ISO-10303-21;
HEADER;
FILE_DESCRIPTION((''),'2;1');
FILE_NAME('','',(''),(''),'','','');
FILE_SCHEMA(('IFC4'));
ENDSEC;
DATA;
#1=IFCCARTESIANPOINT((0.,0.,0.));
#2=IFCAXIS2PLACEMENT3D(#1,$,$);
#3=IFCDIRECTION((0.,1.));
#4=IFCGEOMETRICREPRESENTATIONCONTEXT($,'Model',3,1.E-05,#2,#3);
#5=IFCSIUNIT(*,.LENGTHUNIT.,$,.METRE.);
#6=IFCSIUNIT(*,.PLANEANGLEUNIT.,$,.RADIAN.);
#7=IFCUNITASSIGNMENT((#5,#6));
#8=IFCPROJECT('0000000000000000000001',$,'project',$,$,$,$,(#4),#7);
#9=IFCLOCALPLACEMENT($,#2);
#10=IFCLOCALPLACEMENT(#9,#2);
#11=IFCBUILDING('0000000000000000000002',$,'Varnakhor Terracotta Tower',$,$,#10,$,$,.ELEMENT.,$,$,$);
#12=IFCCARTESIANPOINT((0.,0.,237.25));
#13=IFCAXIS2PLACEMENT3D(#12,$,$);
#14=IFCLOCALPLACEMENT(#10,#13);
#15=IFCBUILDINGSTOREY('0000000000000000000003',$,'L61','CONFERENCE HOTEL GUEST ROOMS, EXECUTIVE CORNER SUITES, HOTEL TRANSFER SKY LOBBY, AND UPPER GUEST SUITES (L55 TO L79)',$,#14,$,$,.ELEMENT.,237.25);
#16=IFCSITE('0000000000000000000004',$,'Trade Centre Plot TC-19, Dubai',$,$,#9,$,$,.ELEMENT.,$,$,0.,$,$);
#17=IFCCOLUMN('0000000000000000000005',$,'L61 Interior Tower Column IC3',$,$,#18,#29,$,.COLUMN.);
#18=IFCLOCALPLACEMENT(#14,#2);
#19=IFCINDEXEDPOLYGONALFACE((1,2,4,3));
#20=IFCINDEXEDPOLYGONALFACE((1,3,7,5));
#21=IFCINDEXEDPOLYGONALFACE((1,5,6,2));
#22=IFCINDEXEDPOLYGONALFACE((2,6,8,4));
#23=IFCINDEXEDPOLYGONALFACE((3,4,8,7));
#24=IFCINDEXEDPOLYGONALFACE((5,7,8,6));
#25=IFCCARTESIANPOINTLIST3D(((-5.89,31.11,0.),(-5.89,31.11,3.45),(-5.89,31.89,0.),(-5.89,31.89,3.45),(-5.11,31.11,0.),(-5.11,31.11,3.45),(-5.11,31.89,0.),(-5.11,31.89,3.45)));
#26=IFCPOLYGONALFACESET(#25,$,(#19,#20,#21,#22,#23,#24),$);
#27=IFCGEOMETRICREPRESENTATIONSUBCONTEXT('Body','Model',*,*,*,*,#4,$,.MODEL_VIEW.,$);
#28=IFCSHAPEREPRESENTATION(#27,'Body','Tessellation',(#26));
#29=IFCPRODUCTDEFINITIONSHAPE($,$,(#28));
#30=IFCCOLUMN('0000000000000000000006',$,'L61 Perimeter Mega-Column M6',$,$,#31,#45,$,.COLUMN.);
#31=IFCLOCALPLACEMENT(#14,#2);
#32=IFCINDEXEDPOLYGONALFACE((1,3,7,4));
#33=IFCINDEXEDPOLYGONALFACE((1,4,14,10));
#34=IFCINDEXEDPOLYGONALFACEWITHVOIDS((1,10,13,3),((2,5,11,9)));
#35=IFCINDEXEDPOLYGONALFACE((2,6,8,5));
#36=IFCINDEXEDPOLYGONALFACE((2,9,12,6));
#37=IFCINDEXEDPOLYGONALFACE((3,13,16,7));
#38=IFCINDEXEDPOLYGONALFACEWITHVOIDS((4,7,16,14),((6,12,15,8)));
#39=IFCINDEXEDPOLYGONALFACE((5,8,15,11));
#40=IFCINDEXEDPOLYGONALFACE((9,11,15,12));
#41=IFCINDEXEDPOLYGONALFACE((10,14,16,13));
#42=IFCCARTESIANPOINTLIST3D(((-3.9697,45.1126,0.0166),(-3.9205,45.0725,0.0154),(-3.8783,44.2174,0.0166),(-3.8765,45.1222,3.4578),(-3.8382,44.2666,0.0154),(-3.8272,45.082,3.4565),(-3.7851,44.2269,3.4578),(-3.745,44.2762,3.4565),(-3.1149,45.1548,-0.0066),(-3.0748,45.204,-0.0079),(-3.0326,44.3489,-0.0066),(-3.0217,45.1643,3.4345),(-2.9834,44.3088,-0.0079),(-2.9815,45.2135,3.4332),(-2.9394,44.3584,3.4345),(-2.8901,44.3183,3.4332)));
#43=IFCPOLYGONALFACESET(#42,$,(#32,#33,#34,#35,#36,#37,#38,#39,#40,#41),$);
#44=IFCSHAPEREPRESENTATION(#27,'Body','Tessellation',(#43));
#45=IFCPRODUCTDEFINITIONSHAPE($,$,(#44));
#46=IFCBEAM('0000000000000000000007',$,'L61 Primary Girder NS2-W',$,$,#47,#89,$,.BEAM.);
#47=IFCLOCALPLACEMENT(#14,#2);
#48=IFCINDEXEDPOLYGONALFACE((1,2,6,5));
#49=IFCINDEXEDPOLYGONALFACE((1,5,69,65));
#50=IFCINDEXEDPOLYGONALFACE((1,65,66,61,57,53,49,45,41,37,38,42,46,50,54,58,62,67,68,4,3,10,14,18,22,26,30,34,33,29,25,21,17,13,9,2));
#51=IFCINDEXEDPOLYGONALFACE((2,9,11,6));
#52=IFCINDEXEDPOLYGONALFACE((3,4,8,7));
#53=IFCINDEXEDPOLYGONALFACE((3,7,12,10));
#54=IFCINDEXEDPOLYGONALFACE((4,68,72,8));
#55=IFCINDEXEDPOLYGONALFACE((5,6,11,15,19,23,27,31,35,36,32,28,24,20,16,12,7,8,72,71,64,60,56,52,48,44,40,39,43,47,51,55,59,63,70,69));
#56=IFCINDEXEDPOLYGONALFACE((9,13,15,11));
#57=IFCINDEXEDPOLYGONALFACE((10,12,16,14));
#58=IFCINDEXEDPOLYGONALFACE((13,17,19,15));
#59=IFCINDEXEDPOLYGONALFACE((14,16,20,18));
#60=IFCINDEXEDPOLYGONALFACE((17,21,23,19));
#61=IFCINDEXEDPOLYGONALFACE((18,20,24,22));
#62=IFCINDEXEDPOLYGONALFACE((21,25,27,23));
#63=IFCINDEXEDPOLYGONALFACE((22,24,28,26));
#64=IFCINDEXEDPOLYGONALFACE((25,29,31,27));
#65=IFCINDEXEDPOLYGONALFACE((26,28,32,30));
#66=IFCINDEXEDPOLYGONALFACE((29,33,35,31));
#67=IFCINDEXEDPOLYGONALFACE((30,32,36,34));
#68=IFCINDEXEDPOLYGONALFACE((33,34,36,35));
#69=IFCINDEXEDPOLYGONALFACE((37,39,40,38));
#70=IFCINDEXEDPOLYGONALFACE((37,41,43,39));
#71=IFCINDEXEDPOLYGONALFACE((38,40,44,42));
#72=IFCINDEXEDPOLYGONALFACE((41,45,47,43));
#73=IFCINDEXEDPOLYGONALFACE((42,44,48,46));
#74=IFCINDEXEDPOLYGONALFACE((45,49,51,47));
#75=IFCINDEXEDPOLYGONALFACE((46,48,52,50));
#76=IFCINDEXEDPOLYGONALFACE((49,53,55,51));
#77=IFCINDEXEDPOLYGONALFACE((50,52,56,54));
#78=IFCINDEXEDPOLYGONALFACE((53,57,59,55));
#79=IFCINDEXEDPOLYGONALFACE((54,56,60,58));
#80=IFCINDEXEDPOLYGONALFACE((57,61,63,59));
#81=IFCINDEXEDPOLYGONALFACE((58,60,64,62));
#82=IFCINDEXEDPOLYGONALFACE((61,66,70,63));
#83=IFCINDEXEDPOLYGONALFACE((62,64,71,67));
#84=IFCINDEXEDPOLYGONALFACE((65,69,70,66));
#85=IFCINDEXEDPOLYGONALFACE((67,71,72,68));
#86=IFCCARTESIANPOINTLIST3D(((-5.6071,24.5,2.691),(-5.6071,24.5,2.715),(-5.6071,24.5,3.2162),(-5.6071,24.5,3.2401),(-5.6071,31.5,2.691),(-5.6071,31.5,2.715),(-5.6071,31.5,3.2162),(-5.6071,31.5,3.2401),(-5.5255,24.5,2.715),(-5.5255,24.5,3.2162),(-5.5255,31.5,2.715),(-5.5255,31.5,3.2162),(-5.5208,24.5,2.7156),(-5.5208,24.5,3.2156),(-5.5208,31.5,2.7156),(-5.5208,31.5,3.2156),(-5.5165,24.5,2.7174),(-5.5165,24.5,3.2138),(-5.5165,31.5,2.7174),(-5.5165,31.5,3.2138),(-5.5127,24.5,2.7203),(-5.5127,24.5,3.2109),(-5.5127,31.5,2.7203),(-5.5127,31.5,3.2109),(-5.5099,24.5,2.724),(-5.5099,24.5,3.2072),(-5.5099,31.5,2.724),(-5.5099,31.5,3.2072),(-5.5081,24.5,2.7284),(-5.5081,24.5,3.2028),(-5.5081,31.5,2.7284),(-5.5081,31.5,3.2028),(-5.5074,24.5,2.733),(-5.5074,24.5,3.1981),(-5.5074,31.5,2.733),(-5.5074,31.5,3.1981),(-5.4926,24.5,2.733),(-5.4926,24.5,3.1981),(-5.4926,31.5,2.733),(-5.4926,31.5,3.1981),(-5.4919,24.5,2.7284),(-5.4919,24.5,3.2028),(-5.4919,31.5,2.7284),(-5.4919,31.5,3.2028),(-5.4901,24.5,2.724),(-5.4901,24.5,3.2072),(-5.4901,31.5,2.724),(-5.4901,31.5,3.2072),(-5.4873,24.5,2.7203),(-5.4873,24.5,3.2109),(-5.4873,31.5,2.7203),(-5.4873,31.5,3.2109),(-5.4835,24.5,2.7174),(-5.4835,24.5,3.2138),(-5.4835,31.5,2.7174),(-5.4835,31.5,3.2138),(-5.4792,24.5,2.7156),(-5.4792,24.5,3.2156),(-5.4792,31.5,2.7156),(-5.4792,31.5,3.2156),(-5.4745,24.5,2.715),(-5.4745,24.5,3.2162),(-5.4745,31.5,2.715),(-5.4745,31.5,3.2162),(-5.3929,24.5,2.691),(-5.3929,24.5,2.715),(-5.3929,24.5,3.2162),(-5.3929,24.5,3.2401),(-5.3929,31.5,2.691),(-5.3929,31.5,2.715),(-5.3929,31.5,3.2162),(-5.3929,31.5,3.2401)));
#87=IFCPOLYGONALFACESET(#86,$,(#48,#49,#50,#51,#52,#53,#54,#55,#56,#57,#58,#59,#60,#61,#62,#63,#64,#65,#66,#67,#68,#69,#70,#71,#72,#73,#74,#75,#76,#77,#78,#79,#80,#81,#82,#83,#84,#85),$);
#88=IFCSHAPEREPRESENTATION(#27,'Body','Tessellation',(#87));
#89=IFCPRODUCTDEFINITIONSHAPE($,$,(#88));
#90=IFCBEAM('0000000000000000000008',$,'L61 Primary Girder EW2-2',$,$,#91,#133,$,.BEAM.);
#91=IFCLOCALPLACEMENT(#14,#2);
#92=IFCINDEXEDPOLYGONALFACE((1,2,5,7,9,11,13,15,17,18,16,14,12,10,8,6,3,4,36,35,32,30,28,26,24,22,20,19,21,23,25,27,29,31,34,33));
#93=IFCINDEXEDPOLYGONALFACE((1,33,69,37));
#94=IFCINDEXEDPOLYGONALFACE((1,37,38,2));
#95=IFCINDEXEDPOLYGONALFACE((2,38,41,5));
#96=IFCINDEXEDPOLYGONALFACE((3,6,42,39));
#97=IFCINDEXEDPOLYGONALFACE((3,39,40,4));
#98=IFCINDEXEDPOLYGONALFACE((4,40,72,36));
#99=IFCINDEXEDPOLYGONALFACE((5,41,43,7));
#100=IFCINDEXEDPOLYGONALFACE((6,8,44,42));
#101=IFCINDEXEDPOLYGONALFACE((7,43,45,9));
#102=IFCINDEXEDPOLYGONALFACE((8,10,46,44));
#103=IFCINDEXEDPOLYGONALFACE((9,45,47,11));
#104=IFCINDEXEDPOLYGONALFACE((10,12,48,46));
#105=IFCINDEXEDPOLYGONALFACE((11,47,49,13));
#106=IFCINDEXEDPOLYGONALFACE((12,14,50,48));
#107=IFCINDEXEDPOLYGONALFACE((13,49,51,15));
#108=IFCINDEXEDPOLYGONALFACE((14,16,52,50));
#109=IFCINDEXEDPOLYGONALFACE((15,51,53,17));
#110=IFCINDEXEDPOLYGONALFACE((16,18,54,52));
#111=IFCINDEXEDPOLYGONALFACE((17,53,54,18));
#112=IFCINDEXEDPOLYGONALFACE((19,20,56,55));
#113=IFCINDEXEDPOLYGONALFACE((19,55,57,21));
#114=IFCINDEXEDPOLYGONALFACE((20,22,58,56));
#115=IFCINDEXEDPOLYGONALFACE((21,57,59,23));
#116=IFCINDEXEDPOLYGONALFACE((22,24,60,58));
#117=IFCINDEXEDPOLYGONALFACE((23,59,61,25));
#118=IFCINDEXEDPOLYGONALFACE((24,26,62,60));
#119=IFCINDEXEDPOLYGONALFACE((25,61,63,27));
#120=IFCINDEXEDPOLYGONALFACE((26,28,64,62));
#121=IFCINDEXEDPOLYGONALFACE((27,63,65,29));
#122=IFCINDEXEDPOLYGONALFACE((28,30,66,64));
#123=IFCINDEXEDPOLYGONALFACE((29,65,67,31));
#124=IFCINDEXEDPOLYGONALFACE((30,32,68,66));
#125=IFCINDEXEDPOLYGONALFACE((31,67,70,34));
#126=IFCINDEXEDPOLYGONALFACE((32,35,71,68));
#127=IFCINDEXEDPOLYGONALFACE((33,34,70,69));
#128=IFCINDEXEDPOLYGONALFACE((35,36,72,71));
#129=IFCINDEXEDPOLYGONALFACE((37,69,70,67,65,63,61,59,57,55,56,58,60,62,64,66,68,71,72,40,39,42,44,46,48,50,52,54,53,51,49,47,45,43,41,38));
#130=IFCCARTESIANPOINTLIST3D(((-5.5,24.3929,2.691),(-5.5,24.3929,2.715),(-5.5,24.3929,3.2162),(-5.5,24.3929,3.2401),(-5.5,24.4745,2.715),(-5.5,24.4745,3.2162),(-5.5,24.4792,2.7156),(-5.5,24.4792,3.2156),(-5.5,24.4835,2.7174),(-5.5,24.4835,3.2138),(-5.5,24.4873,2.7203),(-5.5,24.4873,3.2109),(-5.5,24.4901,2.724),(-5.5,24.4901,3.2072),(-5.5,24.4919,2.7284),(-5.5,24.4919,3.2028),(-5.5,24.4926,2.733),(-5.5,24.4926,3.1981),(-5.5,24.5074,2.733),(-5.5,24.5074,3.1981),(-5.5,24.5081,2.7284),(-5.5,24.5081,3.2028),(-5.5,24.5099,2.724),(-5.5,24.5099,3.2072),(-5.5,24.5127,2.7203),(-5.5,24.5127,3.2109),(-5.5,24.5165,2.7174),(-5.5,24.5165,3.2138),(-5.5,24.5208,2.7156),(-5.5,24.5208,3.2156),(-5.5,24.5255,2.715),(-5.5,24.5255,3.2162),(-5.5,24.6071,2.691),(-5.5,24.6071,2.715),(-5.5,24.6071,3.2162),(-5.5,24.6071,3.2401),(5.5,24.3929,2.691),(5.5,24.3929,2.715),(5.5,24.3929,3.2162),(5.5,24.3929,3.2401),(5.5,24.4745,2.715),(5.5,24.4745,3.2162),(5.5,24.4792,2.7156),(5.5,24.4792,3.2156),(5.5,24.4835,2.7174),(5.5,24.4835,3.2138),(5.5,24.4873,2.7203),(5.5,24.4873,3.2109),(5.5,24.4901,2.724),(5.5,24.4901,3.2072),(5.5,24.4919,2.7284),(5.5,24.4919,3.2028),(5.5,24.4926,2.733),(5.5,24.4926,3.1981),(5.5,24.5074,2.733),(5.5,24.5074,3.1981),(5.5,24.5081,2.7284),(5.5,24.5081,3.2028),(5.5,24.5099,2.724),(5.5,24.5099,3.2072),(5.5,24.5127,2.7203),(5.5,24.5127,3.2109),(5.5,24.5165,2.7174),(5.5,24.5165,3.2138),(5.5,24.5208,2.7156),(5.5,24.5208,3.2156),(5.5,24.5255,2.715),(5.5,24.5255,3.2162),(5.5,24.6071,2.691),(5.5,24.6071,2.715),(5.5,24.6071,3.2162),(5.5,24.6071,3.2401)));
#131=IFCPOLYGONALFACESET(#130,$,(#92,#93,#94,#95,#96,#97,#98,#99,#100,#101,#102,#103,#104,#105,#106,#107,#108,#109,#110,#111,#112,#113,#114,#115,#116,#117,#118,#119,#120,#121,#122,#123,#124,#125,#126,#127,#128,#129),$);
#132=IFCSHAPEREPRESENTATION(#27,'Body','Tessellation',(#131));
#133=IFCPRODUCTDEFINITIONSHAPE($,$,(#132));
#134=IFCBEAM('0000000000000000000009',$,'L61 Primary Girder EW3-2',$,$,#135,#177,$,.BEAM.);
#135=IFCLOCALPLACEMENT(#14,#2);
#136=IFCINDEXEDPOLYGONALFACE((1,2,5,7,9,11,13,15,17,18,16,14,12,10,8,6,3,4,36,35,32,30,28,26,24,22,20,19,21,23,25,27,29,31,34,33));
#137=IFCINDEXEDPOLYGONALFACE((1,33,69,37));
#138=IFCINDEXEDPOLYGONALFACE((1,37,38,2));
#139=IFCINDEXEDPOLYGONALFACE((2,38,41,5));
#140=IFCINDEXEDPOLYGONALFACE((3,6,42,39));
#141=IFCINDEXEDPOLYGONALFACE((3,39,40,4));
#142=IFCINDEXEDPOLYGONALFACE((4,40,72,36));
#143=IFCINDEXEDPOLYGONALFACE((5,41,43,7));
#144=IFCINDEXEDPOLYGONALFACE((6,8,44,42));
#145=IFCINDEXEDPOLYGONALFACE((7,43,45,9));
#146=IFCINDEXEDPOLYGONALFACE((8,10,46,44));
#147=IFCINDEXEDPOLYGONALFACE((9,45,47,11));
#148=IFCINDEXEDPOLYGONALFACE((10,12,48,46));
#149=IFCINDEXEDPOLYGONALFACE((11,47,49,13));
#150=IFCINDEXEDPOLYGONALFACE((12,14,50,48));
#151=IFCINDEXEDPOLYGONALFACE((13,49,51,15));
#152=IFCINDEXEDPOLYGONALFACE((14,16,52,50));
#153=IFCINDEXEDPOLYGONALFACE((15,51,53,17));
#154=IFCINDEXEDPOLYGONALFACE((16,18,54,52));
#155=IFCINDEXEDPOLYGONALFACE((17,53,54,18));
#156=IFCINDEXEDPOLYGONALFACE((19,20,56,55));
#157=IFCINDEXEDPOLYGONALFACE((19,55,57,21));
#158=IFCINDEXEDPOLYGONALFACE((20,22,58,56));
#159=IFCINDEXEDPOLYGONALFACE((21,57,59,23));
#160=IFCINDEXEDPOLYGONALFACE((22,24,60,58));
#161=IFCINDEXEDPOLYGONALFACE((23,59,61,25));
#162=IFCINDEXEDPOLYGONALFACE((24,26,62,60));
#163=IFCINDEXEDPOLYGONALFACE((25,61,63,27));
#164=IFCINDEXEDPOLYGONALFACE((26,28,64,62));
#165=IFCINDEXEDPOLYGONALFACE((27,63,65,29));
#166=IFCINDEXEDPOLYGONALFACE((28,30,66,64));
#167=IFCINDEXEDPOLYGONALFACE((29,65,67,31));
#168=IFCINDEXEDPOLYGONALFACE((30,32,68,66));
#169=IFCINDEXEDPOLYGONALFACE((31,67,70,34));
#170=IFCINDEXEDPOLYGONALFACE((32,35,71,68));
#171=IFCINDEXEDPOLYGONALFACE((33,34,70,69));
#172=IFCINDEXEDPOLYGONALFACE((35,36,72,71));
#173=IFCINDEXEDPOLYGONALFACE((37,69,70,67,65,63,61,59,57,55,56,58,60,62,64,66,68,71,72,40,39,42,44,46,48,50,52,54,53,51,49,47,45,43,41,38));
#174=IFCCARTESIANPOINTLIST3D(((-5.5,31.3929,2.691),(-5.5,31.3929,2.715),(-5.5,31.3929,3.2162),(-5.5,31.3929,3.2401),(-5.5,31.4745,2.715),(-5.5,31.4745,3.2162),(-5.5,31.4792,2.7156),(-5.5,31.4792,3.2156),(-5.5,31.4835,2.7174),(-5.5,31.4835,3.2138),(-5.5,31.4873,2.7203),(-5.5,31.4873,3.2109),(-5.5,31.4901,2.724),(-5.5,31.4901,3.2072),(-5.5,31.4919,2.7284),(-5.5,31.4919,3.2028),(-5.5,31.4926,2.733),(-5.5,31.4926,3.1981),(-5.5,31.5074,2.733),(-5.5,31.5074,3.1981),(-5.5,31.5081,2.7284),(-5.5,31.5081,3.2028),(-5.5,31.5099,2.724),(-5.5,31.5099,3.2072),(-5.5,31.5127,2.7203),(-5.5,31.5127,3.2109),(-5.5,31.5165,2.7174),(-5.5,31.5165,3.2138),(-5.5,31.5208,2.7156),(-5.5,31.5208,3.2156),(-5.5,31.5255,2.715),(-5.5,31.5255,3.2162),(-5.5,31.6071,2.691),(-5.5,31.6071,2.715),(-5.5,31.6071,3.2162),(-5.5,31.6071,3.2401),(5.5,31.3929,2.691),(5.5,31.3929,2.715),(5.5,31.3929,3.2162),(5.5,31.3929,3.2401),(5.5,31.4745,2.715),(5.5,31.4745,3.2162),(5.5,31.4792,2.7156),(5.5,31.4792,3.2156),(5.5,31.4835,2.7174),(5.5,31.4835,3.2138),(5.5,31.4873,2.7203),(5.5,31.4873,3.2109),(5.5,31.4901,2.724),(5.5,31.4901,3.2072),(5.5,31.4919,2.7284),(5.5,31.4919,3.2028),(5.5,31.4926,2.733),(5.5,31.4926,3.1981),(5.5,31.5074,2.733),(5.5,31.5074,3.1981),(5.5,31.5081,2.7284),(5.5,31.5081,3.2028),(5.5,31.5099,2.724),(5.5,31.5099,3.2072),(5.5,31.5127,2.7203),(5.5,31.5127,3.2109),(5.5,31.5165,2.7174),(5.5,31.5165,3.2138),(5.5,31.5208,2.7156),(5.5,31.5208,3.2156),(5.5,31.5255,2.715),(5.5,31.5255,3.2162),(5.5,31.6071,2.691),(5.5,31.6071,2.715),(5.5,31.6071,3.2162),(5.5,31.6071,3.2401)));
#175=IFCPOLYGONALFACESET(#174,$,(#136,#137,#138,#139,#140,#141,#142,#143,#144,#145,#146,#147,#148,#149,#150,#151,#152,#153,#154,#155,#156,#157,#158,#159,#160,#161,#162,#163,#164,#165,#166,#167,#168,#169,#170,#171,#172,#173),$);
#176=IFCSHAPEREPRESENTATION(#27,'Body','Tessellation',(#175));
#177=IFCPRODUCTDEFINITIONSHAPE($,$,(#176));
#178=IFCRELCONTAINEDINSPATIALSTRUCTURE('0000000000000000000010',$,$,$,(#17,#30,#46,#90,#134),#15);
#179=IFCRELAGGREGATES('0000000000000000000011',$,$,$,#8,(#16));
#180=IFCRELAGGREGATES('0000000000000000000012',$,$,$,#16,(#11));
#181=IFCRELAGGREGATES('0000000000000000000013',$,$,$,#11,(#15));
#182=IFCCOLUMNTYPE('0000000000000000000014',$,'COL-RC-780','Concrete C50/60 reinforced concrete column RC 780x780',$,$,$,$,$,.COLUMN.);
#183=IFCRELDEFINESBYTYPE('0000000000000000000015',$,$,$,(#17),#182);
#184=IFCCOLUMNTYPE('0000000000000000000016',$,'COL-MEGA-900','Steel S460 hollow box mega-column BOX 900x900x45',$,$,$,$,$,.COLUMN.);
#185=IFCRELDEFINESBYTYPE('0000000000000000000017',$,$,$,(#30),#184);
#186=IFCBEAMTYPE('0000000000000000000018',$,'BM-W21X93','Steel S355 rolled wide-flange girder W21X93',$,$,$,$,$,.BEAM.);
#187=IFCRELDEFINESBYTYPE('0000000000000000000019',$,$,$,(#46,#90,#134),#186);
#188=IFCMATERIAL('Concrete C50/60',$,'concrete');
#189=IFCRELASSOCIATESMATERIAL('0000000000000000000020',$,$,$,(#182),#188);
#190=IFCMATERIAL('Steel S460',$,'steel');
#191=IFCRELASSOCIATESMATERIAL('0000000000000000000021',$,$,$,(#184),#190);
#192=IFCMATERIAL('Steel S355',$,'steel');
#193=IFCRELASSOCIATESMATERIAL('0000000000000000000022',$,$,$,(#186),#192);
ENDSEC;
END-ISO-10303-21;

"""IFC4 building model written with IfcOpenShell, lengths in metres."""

from ifc_helpers import new_model, si_unit, direction, frame, origin, origin_2d, place, context, subcontext, project, spatial, rectangle, hollow_rectangle, i_section, extrude, source, transform, mapped, material, material_profile, profile_set, type_object, element, save


model = new_model("IFC4")

# Units and contexts
model_context = context("Model", 3, precision=1e-05, world=origin(), true_north=direction((0.0, 1.0)))
body_context = subcontext(model_context, "Body", "Model", "MODEL_VIEW")
ifc_project = project(units=[si_unit("LENGTHUNIT", "METRE"), si_unit("PLANEANGLEUNIT", "RADIAN")], contexts=[model_context])

# Site, building, storey
site_placement = place(None, origin())
site = spatial("IfcSite", under=ifc_project, at=site_placement, Name="Trade Centre Plot TC-19, Dubai", CompositionType="ELEMENT", RefElevation=0.0)
building_placement = place(site_placement, origin())
building = spatial("IfcBuilding", under=site, at=building_placement, Name="Varnakhor Terracotta Tower", CompositionType="ELEMENT")
storey_placement = place(building_placement, frame((0.0, 0.0, 237.25)))
storey = spatial("IfcBuildingStorey", under=building, at=storey_placement, Name="L61", Description="CONFERENCE HOTEL GUEST ROOMS, EXECUTIVE CORNER SUITES, HOTEL TRANSFER SKY LOBBY, AND UPPER GUEST SUITES (L55 TO L79)", CompositionType="ELEMENT", Elevation=237.25)

# Columns
ifc_material_1 = material(Name="Concrete C50/60", Category="concrete")
ifc_material_profile_1 = material_profile(ifc_material_1, rectangle(XDim=0.78, YDim=0.78, at=origin_2d()), Name="RC 780x780")
ifc_profile_set_1 = profile_set([ifc_material_profile_1], Name="Concrete C50/60")
column_type_1 = type_object("IfcColumnType", Name="COL-RC-780", Description="Concrete C50/60 reinforced concrete column RC 780x780", PredefinedType="COLUMN", material=ifc_profile_set_1)
shared_shape_1 = source(origin(), body_context, "Body", "SweptSolid", [
    extrude(rectangle(XDim=0.78, YDim=0.78, at=origin_2d()), origin(), (0.0, 0.0, 1.0), 3.45),
])
column_1_placement = place(storey_placement, frame((-5.5, 31.5, 0.0), z_axis=(0.0, 0.0, 1.0), x_axis=(1.0, 0.0, 0.0)))
element("IfcColumn", 1, at=column_1_placement, inside=storey, type_object=column_type_1, Name="L61 Interior Tower Column IC3", PredefinedType="COLUMN", context=body_context, shape_type="MappedRepresentation", body=[
    mapped(shared_shape_1, transform((0.0, 0.0, 0.0), scale=1.0)),
])
ifc_material_2 = material(Name="Steel S460", Category="steel")
ifc_material_profile_2 = material_profile(ifc_material_2, hollow_rectangle(XDim=0.8999, YDim=0.8999, WallThickness=0.0449, at=origin_2d()), Name="BOX 900x900x45")
ifc_profile_set_2 = profile_set([ifc_material_profile_2], Name="Steel S460")
column_type_2 = type_object("IfcColumnType", Name="COL-MEGA-900", Description="Steel S460 hollow box mega-column BOX 900x900x45", PredefinedType="COLUMN", material=ifc_profile_set_2)
shared_shape_2 = source(origin(), body_context, "Body", "SweptSolid", [
    extrude(hollow_rectangle(XDim=0.8999, YDim=0.8999, WallThickness=0.0449, at=origin_2d()), origin(), (0.0, 0.0, 1.0), 3.4424),
])
column_2_placement = place(storey_placement, frame((-3.4766, 44.7107, 0.0044), z_axis=(0.027092, 0.002766, 0.999629), x_axis=(-0.101566, 0.994829, 0.0)))
element("IfcColumn", 2, at=column_2_placement, inside=storey, type_object=column_type_2, Name="L61 Perimeter Mega-Column M6", PredefinedType="COLUMN", context=body_context, shape_type="MappedRepresentation", body=[
    mapped(shared_shape_2, transform((0.0, 0.0, 0.0), scale=1.0)),
])

# Beams
ifc_material_3 = material(Name="Steel S355", Category="steel")
ifc_material_profile_3 = material_profile(ifc_material_3, i_section(OverallWidth=0.2141, OverallDepth=0.5491, WebThickness=0.0149, FlangeThickness=0.0239, FilletRadius=0.0181, at=origin_2d()), Name="W21X93")
ifc_profile_set_3 = profile_set([ifc_material_profile_3], Name="Steel S355")
beam_type_1 = type_object("IfcBeamType", Name="BM-W21X93", Description="Steel S355 rolled wide-flange girder W21X93", PredefinedType="BEAM", material=ifc_profile_set_3)
shared_shape_3 = source(origin(), body_context, "Body", "SweptSolid", [
    extrude(i_section(OverallWidth=0.2141, OverallDepth=0.5491, WebThickness=0.0149, FlangeThickness=0.0239, FilletRadius=0.0181, at=origin_2d()), origin(), (0.0, 0.0, 1.0), 7.0),
])
beam_1_placement = place(storey_placement, frame((-5.5, 24.5, 2.9656), z_axis=(0.0, 1.0, 0.0), x_axis=(-1.0, 0.0, 0.0)))
element("IfcBeam", 3, at=beam_1_placement, inside=storey, type_object=beam_type_1, Name="L61 Primary Girder NS2-W", PredefinedType="BEAM", context=body_context, shape_type="MappedRepresentation", body=[
    mapped(shared_shape_3, transform((0.0, 0.0, 0.0), scale=1.0)),
])
shared_shape_4 = source(origin(), body_context, "Body", "SweptSolid", [
    extrude(i_section(OverallWidth=0.2141, OverallDepth=0.5491, WebThickness=0.0149, FlangeThickness=0.0239, FilletRadius=0.0181, at=origin_2d()), origin(), (0.0, 0.0, 1.0), 11.0),
])
for number, where, z_axis, x_axis, name in (
    (4, (-5.5, 24.5, 2.9656), (1.0, 0.0, 0.0), (0.0, 1.0, 0.0), "L61 Primary Girder EW2-2"),
    (5, (-5.5, 31.5, 2.9656), (1.0, 0.0, 0.0), (0.0, 1.0, 0.0), "L61 Primary Girder EW3-2"),
):
    element("IfcBeam", number, at=place(storey_placement, frame(where, z_axis=z_axis, x_axis=x_axis)), inside=storey, type_object=beam_type_1, Name=name, PredefinedType="BEAM", context=body_context, shape_type="MappedRepresentation", body=[
        mapped(shared_shape_4, transform((0.0, 0.0, 0.0), scale=1.0)),
    ])

save(model, "model.ifc")
